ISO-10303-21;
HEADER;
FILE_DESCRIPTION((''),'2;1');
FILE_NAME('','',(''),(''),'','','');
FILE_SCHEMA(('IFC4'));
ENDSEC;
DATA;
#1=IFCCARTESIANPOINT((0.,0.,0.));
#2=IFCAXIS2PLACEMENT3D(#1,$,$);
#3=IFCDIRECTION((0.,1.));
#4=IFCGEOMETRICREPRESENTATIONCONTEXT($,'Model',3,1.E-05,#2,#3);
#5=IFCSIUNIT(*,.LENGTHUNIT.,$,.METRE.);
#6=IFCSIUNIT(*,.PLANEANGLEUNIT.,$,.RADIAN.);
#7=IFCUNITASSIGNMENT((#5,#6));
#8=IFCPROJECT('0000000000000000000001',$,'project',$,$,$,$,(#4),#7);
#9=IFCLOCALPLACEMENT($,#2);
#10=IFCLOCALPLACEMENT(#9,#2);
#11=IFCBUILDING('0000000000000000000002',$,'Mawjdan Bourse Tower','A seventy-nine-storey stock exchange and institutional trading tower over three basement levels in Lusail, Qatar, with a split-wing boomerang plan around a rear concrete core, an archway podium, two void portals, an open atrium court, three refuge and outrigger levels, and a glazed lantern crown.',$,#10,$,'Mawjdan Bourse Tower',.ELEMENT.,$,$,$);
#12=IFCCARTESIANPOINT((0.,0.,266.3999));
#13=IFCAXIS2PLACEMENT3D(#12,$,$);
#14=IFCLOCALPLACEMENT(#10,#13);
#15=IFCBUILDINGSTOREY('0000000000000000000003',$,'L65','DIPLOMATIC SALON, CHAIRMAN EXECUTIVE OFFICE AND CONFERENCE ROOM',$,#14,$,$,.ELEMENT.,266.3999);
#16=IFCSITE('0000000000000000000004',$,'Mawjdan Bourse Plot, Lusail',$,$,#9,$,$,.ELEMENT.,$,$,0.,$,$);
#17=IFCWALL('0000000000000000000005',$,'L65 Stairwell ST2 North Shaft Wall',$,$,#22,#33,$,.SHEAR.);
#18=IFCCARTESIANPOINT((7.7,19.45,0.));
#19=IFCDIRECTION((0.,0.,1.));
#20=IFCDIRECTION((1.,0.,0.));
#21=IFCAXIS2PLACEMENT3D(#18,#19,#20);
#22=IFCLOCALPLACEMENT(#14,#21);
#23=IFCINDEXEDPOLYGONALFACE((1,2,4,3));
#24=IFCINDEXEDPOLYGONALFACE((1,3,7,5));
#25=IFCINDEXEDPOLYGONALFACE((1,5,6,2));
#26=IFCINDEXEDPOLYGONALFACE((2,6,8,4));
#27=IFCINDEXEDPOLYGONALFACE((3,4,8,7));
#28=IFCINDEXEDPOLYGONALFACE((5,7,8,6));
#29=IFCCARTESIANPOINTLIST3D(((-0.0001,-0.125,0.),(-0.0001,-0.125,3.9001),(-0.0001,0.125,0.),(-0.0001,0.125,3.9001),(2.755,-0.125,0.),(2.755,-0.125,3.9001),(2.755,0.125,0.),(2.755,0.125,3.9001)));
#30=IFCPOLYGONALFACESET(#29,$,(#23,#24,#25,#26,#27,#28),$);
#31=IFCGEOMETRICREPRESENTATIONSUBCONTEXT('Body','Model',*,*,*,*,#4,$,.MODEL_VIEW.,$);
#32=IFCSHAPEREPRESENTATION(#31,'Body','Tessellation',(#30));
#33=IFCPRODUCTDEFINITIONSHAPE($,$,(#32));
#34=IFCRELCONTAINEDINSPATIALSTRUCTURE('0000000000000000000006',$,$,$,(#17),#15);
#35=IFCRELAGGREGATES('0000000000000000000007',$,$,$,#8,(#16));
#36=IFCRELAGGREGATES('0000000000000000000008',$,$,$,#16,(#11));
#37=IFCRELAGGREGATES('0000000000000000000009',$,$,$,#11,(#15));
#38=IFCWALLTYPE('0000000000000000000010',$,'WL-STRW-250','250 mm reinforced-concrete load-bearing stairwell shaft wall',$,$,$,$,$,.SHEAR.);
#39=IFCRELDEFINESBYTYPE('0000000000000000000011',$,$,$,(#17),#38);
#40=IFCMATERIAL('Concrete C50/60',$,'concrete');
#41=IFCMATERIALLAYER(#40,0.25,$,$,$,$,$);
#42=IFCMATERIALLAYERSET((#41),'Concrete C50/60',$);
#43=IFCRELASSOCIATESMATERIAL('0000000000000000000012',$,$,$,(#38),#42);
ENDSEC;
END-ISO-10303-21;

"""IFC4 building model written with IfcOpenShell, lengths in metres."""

from ifc_helpers import new_model, si_unit, direction, frame, frame_2d, origin, place, context, subcontext, project, spatial, rectangle, extrude, material, layer, layer_set, type_object, element, save


model = new_model("IFC4")

# Units and contexts
model_context = context("Model", 3, precision=1e-05, world=origin(), true_north=direction((0.0, 1.0)))
body_context = subcontext(model_context, "Body", "Model", "MODEL_VIEW")
ifc_project = project(units=[si_unit("LENGTHUNIT", "METRE"), si_unit("PLANEANGLEUNIT", "RADIAN")], contexts=[model_context])

# Site, building, storey
site_placement = place(None, origin())
site = spatial("IfcSite", under=ifc_project, at=site_placement, Name="Mawjdan Bourse Plot, Lusail", CompositionType="ELEMENT", RefElevation=0.0)
building_placement = place(site_placement, origin())
building = spatial("IfcBuilding", under=site, at=building_placement, Name="Mawjdan Bourse Tower", Description="A seventy-nine-storey stock exchange and institutional trading tower over three basement levels in Lusail, Qatar, with a split-wing boomerang plan around a rear concrete core, an archway podium, two void portals, an open atrium court, three refuge and outrigger levels, and a glazed lantern crown.", LongName="Mawjdan Bourse Tower", CompositionType="ELEMENT")
storey_placement = place(building_placement, frame((0.0, 0.0, 266.3999)))
storey = spatial("IfcBuildingStorey", under=building, at=storey_placement, Name="L65", Description="DIPLOMATIC SALON, CHAIRMAN EXECUTIVE OFFICE AND CONFERENCE ROOM", CompositionType="ELEMENT", Elevation=266.3999)

# Wall
ifc_material_1 = material(Name="Concrete C50/60", Category="concrete")
ifc_layer_1 = layer(ifc_material_1, 0.25)
ifc_layer_set_1 = layer_set([ifc_layer_1], Name="Concrete C50/60")
wall_type_1 = type_object("IfcWallType", Name="WL-STRW-250", Description="250 mm reinforced-concrete load-bearing stairwell shaft wall", PredefinedType="SHEAR", material=ifc_layer_set_1)
wall_1_placement = place(storey_placement, frame((7.7, 19.45, 0.0), z_axis=(0.0, 0.0, 1.0), x_axis=(1.0, 0.0, 0.0)))
element("IfcWall", 1, at=wall_1_placement, inside=storey, type_object=wall_type_1, Name="L65 Stairwell ST2 North Shaft Wall", PredefinedType="SHEAR", context=body_context, shape_type="SweptSolid", body=[
    extrude(rectangle(XDim=2.7551, YDim=0.25, at=frame_2d((1.3774, 0.0))), origin(), (0.0, 0.0, 1.0), 3.9001),
])

save(model, "model.ifc")
